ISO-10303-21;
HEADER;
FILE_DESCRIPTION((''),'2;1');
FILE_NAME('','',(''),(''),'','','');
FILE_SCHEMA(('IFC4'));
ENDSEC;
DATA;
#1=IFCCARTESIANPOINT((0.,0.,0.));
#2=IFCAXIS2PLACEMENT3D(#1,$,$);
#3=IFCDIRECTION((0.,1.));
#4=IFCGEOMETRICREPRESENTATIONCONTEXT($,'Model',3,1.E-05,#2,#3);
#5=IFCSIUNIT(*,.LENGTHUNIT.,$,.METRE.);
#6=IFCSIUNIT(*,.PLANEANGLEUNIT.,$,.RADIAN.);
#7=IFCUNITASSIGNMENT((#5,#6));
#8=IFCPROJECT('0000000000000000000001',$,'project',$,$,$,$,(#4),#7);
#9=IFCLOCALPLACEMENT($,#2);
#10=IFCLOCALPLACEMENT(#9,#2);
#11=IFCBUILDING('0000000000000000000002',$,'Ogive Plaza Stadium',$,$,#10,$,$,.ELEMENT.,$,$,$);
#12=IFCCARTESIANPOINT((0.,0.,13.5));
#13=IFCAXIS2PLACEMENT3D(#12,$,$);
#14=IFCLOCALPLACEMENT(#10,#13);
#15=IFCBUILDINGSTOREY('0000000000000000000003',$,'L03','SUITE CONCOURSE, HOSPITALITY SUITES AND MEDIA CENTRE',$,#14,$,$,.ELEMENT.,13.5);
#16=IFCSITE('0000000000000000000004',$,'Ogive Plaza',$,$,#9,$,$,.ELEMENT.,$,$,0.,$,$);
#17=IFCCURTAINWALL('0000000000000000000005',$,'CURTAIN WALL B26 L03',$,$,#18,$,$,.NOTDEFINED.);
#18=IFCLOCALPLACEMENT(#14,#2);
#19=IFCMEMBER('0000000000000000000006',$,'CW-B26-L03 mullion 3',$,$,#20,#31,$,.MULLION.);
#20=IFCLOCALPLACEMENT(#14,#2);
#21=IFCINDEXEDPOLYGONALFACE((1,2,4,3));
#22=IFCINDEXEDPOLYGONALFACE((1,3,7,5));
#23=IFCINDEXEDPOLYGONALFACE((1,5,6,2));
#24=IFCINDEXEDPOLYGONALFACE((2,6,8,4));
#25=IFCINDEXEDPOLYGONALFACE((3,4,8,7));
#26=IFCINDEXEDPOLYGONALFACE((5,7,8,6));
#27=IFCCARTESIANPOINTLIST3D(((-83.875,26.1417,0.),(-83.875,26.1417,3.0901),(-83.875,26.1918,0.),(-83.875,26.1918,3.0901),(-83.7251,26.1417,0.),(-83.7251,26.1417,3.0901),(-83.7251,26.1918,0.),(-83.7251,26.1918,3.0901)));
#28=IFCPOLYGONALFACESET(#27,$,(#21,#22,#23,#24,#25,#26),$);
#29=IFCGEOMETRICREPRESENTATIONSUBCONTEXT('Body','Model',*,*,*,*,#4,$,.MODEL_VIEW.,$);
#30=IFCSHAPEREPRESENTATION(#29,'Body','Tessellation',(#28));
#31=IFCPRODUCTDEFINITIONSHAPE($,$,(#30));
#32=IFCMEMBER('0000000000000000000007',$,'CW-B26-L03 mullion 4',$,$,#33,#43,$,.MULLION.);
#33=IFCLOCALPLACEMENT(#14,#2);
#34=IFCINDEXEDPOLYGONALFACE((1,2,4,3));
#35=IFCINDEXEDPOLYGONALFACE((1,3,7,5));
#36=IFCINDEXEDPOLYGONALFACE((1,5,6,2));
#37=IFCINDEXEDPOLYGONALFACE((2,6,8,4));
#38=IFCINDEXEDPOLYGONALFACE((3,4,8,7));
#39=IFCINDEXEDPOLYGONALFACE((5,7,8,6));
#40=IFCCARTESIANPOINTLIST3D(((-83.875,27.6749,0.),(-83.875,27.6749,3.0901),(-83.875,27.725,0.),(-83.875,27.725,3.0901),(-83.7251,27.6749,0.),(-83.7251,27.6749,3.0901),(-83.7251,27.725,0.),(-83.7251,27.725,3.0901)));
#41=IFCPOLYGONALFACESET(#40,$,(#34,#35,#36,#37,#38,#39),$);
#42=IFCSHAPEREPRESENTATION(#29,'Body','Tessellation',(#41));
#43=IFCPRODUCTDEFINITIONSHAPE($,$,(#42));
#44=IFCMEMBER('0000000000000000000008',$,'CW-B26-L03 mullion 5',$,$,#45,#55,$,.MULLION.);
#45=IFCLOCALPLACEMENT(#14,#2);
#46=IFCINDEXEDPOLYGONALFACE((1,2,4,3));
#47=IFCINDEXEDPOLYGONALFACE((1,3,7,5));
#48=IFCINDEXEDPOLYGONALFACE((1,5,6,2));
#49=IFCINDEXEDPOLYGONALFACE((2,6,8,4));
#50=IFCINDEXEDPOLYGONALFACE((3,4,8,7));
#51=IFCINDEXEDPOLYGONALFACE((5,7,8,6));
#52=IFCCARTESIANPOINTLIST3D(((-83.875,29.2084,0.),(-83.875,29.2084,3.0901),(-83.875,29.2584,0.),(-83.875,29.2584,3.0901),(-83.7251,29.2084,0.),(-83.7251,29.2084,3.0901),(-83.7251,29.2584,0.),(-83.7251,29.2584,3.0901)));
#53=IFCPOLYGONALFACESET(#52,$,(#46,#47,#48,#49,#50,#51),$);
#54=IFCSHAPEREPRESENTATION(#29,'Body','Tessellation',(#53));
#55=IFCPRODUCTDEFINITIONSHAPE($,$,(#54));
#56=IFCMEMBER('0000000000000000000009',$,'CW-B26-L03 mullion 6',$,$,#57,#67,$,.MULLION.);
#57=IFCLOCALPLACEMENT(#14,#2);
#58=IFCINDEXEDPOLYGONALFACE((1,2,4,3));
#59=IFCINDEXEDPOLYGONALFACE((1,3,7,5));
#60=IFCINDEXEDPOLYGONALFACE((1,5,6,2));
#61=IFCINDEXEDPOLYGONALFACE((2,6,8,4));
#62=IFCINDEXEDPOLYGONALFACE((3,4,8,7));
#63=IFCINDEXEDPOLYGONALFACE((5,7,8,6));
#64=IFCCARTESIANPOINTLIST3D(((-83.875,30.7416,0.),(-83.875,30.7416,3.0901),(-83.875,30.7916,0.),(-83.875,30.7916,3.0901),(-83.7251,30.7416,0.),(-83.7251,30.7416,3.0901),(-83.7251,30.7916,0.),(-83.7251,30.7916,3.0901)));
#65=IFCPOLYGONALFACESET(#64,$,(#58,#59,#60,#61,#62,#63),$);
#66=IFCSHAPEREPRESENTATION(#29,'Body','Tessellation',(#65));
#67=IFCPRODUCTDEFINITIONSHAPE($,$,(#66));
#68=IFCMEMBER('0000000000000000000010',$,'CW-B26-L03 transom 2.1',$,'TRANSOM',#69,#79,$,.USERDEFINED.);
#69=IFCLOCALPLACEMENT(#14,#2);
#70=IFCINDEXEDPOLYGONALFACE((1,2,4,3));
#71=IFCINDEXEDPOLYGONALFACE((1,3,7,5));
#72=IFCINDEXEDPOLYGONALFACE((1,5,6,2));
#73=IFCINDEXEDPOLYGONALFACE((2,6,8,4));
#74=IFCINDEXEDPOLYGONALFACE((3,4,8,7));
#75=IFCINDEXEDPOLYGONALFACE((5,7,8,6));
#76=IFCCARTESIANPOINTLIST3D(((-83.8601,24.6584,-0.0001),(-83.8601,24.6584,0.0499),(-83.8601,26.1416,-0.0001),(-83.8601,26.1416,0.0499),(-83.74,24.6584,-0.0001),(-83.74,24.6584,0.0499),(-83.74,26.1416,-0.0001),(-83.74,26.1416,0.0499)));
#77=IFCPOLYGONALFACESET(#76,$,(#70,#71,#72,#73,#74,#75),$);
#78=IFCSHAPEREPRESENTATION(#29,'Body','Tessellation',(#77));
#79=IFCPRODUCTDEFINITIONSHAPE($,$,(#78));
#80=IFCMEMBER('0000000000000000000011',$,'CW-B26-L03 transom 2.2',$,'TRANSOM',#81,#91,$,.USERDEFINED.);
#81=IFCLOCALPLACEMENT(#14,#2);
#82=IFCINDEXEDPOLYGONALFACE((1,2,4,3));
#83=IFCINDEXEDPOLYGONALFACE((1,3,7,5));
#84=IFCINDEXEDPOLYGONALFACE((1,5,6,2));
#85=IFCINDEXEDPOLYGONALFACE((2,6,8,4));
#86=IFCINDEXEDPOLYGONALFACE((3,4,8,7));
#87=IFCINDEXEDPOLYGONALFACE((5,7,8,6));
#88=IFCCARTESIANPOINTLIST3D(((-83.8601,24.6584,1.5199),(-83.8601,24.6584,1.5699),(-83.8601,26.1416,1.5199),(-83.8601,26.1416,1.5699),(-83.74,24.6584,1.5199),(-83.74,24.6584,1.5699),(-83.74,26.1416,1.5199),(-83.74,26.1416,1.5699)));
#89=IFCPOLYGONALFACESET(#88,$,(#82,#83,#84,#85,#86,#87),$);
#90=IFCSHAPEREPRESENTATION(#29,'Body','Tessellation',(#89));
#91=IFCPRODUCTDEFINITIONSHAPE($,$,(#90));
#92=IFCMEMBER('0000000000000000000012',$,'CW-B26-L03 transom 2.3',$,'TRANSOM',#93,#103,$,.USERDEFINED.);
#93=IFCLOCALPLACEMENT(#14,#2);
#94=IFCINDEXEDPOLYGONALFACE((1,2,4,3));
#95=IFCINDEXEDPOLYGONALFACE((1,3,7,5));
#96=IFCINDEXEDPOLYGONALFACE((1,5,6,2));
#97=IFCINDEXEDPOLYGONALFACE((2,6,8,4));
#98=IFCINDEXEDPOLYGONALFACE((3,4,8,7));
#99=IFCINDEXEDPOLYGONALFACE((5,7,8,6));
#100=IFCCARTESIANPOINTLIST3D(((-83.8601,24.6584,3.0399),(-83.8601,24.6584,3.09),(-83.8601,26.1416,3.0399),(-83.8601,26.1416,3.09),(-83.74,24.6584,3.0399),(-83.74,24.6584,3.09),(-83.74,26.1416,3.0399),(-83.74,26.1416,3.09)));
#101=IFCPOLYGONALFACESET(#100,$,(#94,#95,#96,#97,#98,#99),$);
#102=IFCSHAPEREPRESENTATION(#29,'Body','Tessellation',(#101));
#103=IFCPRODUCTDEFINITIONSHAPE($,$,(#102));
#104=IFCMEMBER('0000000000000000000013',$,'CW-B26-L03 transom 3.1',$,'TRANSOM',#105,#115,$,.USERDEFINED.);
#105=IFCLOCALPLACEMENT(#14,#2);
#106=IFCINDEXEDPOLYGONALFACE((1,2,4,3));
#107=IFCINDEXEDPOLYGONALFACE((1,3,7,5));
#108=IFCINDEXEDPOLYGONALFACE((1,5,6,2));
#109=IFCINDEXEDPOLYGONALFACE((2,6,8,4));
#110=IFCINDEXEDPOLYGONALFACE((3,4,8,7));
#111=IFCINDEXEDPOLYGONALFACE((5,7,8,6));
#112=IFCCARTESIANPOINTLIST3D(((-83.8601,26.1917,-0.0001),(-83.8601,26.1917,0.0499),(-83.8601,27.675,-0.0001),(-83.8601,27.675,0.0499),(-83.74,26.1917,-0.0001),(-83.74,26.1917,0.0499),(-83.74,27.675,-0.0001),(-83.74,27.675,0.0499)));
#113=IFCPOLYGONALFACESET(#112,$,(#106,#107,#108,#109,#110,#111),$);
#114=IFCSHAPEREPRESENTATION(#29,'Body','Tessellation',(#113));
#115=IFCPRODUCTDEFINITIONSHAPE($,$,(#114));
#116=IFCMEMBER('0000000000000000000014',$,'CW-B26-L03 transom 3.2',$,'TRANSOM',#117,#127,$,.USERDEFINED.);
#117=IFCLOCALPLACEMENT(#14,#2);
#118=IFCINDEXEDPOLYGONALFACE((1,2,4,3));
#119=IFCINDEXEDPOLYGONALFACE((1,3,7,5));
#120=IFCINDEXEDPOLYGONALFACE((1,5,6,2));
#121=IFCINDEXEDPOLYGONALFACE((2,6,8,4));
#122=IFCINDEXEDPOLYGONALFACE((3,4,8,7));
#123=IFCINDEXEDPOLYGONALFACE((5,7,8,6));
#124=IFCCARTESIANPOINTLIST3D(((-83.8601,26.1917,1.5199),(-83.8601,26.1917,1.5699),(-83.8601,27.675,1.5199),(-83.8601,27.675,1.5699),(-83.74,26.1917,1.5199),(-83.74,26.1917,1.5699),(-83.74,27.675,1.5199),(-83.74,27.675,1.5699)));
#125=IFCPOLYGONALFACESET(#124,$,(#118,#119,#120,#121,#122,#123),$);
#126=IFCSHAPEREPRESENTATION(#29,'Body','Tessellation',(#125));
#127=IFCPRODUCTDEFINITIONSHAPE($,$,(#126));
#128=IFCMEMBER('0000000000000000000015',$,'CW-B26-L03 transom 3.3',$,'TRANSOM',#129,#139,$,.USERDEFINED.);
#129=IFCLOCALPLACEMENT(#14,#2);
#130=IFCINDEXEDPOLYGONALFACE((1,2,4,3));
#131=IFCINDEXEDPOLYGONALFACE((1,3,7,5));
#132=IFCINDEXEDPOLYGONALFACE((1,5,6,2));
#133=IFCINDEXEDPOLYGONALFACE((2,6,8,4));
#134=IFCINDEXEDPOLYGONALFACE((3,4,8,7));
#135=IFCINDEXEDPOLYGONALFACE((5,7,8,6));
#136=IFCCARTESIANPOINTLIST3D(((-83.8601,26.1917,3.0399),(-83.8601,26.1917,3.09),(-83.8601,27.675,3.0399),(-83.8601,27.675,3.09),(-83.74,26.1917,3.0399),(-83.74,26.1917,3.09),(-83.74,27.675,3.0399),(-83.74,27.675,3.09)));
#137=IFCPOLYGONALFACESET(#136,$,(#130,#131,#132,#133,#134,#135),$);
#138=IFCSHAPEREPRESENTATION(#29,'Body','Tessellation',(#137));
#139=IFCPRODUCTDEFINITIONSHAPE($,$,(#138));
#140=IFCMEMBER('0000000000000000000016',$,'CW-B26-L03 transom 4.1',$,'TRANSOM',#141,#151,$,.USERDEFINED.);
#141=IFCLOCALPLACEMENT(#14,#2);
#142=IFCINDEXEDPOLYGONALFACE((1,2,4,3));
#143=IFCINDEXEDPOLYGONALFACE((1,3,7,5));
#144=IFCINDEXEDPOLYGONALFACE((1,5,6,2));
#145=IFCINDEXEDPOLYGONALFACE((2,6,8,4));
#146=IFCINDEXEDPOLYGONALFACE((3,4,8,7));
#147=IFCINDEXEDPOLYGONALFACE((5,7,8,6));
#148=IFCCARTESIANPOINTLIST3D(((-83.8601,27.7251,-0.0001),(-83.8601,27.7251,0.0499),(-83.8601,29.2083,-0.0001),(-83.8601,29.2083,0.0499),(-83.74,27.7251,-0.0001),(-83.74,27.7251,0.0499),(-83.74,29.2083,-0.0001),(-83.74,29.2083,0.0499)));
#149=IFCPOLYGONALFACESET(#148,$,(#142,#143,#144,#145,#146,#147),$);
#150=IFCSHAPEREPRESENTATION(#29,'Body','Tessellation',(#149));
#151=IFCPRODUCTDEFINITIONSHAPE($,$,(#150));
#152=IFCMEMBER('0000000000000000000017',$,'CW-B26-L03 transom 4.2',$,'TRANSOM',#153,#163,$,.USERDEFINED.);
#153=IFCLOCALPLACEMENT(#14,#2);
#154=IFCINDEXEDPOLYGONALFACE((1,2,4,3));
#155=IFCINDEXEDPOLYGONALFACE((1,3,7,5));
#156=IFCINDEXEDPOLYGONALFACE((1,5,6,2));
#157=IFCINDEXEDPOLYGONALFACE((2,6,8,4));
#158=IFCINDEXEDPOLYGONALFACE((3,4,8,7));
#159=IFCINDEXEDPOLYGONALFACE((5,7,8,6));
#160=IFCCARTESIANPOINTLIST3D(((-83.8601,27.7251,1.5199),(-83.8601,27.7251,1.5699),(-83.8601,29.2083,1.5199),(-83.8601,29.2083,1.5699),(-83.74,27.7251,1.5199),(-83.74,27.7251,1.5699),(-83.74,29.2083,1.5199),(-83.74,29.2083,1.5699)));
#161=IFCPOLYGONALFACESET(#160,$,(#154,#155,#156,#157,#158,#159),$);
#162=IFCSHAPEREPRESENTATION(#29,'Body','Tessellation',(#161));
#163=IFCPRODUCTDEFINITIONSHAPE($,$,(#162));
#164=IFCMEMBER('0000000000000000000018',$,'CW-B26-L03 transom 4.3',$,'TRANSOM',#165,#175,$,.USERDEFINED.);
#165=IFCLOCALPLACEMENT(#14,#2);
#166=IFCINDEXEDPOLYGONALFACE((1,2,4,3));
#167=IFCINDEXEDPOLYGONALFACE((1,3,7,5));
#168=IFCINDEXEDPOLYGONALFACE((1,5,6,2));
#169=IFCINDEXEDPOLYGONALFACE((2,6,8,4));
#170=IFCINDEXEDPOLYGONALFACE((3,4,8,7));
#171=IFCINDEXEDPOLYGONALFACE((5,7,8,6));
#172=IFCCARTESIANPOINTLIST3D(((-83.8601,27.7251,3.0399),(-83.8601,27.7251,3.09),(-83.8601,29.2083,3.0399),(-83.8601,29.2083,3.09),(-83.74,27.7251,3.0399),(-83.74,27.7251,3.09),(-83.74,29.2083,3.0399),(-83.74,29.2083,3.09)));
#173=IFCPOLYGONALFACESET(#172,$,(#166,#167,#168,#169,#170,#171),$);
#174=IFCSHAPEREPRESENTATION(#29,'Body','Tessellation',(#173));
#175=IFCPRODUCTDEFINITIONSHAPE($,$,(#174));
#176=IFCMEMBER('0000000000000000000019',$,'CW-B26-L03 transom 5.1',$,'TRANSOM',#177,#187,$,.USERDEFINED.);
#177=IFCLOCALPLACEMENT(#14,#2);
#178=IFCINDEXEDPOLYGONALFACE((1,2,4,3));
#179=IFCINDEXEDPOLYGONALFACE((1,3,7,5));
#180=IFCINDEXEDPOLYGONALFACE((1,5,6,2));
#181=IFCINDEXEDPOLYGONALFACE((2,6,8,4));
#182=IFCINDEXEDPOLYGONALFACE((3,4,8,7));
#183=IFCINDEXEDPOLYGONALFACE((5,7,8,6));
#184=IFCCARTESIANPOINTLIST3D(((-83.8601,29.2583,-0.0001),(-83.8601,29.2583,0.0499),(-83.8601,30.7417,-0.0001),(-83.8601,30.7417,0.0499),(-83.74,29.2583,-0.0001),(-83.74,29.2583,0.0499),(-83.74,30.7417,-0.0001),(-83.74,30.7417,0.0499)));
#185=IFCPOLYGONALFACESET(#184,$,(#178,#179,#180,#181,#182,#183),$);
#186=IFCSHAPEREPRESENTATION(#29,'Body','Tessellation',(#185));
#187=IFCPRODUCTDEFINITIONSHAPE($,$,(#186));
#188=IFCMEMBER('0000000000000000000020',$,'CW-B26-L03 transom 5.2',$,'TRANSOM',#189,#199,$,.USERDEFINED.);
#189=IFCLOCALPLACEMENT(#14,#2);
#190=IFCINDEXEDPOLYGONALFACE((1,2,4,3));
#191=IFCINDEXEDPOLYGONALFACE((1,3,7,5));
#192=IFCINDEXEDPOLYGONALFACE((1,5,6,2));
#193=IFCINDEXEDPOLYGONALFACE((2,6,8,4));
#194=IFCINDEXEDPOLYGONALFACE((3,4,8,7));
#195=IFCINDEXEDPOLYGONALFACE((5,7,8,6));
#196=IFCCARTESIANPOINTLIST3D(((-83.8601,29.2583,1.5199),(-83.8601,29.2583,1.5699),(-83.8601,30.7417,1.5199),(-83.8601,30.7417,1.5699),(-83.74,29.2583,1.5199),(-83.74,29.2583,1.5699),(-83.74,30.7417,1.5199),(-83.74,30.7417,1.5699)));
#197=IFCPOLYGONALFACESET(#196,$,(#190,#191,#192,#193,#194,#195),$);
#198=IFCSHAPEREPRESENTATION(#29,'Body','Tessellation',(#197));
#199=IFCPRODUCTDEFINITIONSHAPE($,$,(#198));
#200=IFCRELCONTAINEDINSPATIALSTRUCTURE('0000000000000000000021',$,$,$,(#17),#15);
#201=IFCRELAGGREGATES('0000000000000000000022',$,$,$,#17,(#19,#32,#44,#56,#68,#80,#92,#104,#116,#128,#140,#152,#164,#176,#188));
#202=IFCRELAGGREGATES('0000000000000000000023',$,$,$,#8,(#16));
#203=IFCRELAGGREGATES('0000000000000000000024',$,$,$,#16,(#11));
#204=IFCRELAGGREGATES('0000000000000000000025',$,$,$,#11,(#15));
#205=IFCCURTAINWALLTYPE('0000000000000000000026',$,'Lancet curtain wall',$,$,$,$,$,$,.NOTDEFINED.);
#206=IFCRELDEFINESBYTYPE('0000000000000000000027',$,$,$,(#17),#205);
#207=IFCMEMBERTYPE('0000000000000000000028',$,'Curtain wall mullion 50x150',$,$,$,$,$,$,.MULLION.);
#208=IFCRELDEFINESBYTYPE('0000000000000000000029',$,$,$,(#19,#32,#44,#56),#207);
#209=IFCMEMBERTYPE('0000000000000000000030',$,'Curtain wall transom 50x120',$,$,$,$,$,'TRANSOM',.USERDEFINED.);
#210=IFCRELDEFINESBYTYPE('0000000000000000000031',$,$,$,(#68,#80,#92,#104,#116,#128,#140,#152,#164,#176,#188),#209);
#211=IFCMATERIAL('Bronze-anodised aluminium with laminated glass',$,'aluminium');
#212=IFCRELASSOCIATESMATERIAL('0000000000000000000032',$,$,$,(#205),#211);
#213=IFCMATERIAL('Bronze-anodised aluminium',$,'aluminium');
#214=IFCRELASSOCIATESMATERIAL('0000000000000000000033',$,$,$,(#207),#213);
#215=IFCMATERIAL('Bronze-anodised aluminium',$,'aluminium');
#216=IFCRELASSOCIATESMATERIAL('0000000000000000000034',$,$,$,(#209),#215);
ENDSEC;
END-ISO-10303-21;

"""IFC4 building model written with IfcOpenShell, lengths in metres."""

from ifc_helpers import new_model, si_unit, direction, frame, origin, origin_2d, place, context, subcontext, project, spatial, rectangle, extrude, material, material_profile, profile_set, type_object, element, aggregate, save


model = new_model("IFC4")

# Units and contexts
model_context = context("Model", 3, precision=1e-05, world=origin(), true_north=direction((0.0, 1.0)))
body_context = subcontext(model_context, "Body", "Model", "MODEL_VIEW")
ifc_project = project(units=[si_unit("LENGTHUNIT", "METRE"), si_unit("PLANEANGLEUNIT", "RADIAN")], contexts=[model_context])

# Site, building, storey
site_placement = place(None, origin())
site = spatial("IfcSite", under=ifc_project, at=site_placement, Name="Ogive Plaza", CompositionType="ELEMENT", RefElevation=0.0)
building_placement = place(site_placement, origin())
building = spatial("IfcBuilding", under=site, at=building_placement, Name="Ogive Plaza Stadium", CompositionType="ELEMENT")
storey_placement = place(building_placement, frame((0.0, 0.0, 13.5)))
storey = spatial("IfcBuildingStorey", under=building, at=storey_placement, Name="L03", Description="SUITE CONCOURSE, HOSPITALITY SUITES AND MEDIA CENTRE", CompositionType="ELEMENT", Elevation=13.5)

# Curtain wall, members
ifc_material_1 = material(Name="Bronze-anodised aluminium with laminated glass", Category="aluminium")
curtain_wall_type = type_object("IfcCurtainWallType", Name="Lancet curtain wall", PredefinedType="NOTDEFINED", material=ifc_material_1)
curtain_wall_placement = place(storey_placement, origin())
curtain_wall = element("IfcCurtainWall", 1, at=curtain_wall_placement, inside=storey, type_object=curtain_wall_type, Name="CURTAIN WALL B26 L03", PredefinedType="NOTDEFINED")
ifc_material_2 = material(Name="Bronze-anodised aluminium", Category="aluminium")
ifc_material_profile_1 = material_profile(ifc_material_2, rectangle(XDim=0.1499, YDim=0.05, at=origin_2d()), Name="AL 150x50")
ifc_profile_set_1 = profile_set([ifc_material_profile_1], Name="Bronze-anodised aluminium")
member_type_1 = type_object("IfcMemberType", Name="Curtain wall mullion 50x150", PredefinedType="MULLION", material=ifc_profile_set_1)
member_1_placement = place(storey_placement, frame((-83.8, 26.1667, 0.0), z_axis=(0.0, 0.0, 1.0), x_axis=(-1.0, 0.0, 0.0)))
member_1 = element("IfcMember", 2, at=member_1_placement, type_object=member_type_1, Name="CW-B26-L03 mullion 3", PredefinedType="MULLION", context=body_context, shape_type="SweptSolid", body=[
    extrude(rectangle(XDim=0.1499, YDim=0.05, at=origin_2d()), origin(), (0.0, 0.0, 1.0), 3.0901),
])
member_2_placement = place(storey_placement, frame((-83.8, 27.7, 0.0), z_axis=(0.0, 0.0, 1.0), x_axis=(-1.0, 0.0, 0.0)))
member_2 = element("IfcMember", 3, at=member_2_placement, type_object=member_type_1, Name="CW-B26-L03 mullion 4", PredefinedType="MULLION", context=body_context, shape_type="SweptSolid", body=[
    extrude(rectangle(XDim=0.1499, YDim=0.05, at=origin_2d()), origin(), (0.0, 0.0, 1.0), 3.0901),
])
member_3_placement = place(storey_placement, frame((-83.8, 29.2334, 0.0), z_axis=(0.0, 0.0, 1.0), x_axis=(-1.0, 0.0, 0.0)))
member_3 = element("IfcMember", 4, at=member_3_placement, type_object=member_type_1, Name="CW-B26-L03 mullion 5", PredefinedType="MULLION", context=body_context, shape_type="SweptSolid", body=[
    extrude(rectangle(XDim=0.1499, YDim=0.05, at=origin_2d()), origin(), (0.0, 0.0, 1.0), 3.0901),
])
member_4_placement = place(storey_placement, frame((-83.8, 30.7666, 0.0), z_axis=(0.0, 0.0, 1.0), x_axis=(-1.0, 0.0, 0.0)))
member_4 = element("IfcMember", 5, at=member_4_placement, type_object=member_type_1, Name="CW-B26-L03 mullion 6", PredefinedType="MULLION", context=body_context, shape_type="SweptSolid", body=[
    extrude(rectangle(XDim=0.1499, YDim=0.05, at=origin_2d()), origin(), (0.0, 0.0, 1.0), 3.0901),
])
ifc_material_3 = material(Name="Bronze-anodised aluminium", Category="aluminium")
ifc_material_profile_2 = material_profile(ifc_material_3, rectangle(XDim=0.1201, YDim=0.05, at=origin_2d()), Name="AL 120x50")
ifc_profile_set_2 = profile_set([ifc_material_profile_2], Name="Bronze-anodised aluminium")
member_type_2 = type_object("IfcMemberType", Name="Curtain wall transom 50x120", ElementType="TRANSOM", PredefinedType="USERDEFINED", material=ifc_profile_set_2)
member_5_placement = place(storey_placement, frame((-83.8, 24.6584, 0.0249), z_axis=(0.0, 1.0, 0.0), x_axis=(-1.0, 0.0, 0.0)))
member_5 = element("IfcMember", 6, at=member_5_placement, type_object=member_type_2, Name="CW-B26-L03 transom 2.1", ObjectType="TRANSOM", PredefinedType="USERDEFINED", context=body_context, shape_type="SweptSolid", body=[
    extrude(rectangle(XDim=0.1201, YDim=0.05, at=origin_2d()), origin(), (0.0, 0.0, 1.0), 1.4832),
])
member_6_placement = place(storey_placement, frame((-83.8, 24.6584, 1.5449), z_axis=(0.0, 1.0, 0.0), x_axis=(-1.0, 0.0, 0.0)))
member_6 = element("IfcMember", 7, at=member_6_placement, type_object=member_type_2, Name="CW-B26-L03 transom 2.2", ObjectType="TRANSOM", PredefinedType="USERDEFINED", context=body_context, shape_type="SweptSolid", body=[
    extrude(rectangle(XDim=0.1201, YDim=0.05, at=origin_2d()), origin(), (0.0, 0.0, 1.0), 1.4832),
])
member_7_placement = place(storey_placement, frame((-83.8, 24.6584, 3.0649), z_axis=(0.0, 1.0, 0.0), x_axis=(-1.0, 0.0, 0.0)))
member_7 = element("IfcMember", 8, at=member_7_placement, type_object=member_type_2, Name="CW-B26-L03 transom 2.3", ObjectType="TRANSOM", PredefinedType="USERDEFINED", context=body_context, shape_type="SweptSolid", body=[
    extrude(rectangle(XDim=0.1201, YDim=0.05, at=origin_2d()), origin(), (0.0, 0.0, 1.0), 1.4832),
])
member_8_placement = place(storey_placement, frame((-83.8, 26.1917, 0.0249), z_axis=(0.0, 1.0, 0.0), x_axis=(-1.0, 0.0, 0.0)))
member_8 = element("IfcMember", 9, at=member_8_placement, type_object=member_type_2, Name="CW-B26-L03 transom 3.1", ObjectType="TRANSOM", PredefinedType="USERDEFINED", context=body_context, shape_type="SweptSolid", body=[
    extrude(rectangle(XDim=0.1201, YDim=0.05, at=origin_2d()), origin(), (0.0, 0.0, 1.0), 1.4834),
])
member_9_placement = place(storey_placement, frame((-83.8, 26.1917, 1.5449), z_axis=(0.0, 1.0, 0.0), x_axis=(-1.0, 0.0, 0.0)))
member_9 = element("IfcMember", 10, at=member_9_placement, type_object=member_type_2, Name="CW-B26-L03 transom 3.2", ObjectType="TRANSOM", PredefinedType="USERDEFINED", context=body_context, shape_type="SweptSolid", body=[
    extrude(rectangle(XDim=0.1201, YDim=0.05, at=origin_2d()), origin(), (0.0, 0.0, 1.0), 1.4834),
])
member_10_placement = place(storey_placement, frame((-83.8, 26.1917, 3.0649), z_axis=(0.0, 1.0, 0.0), x_axis=(-1.0, 0.0, 0.0)))
member_10 = element("IfcMember", 11, at=member_10_placement, type_object=member_type_2, Name="CW-B26-L03 transom 3.3", ObjectType="TRANSOM", PredefinedType="USERDEFINED", context=body_context, shape_type="SweptSolid", body=[
    extrude(rectangle(XDim=0.1201, YDim=0.05, at=origin_2d()), origin(), (0.0, 0.0, 1.0), 1.4834),
])
member_11_placement = place(storey_placement, frame((-83.8, 27.7251, 0.0249), z_axis=(0.0, 1.0, 0.0), x_axis=(-1.0, 0.0, 0.0)))
member_11 = element("IfcMember", 12, at=member_11_placement, type_object=member_type_2, Name="CW-B26-L03 transom 4.1", ObjectType="TRANSOM", PredefinedType="USERDEFINED", context=body_context, shape_type="SweptSolid", body=[
    extrude(rectangle(XDim=0.1201, YDim=0.05, at=origin_2d()), origin(), (0.0, 0.0, 1.0), 1.4832),
])
member_12_placement = place(storey_placement, frame((-83.8, 27.7251, 1.5449), z_axis=(0.0, 1.0, 0.0), x_axis=(-1.0, 0.0, 0.0)))
member_12 = element("IfcMember", 13, at=member_12_placement, type_object=member_type_2, Name="CW-B26-L03 transom 4.2", ObjectType="TRANSOM", PredefinedType="USERDEFINED", context=body_context, shape_type="SweptSolid", body=[
    extrude(rectangle(XDim=0.1201, YDim=0.05, at=origin_2d()), origin(), (0.0, 0.0, 1.0), 1.4832),
])
member_13_placement = place(storey_placement, frame((-83.8, 27.7251, 3.0649), z_axis=(0.0, 1.0, 0.0), x_axis=(-1.0, 0.0, 0.0)))
member_13 = element("IfcMember", 14, at=member_13_placement, type_object=member_type_2, Name="CW-B26-L03 transom 4.3", ObjectType="TRANSOM", PredefinedType="USERDEFINED", context=body_context, shape_type="SweptSolid", body=[
    extrude(rectangle(XDim=0.1201, YDim=0.05, at=origin_2d()), origin(), (0.0, 0.0, 1.0), 1.4832),
])
member_14_placement = place(storey_placement, frame((-83.8, 29.2583, 0.0249), z_axis=(0.0, 1.0, 0.0), x_axis=(-1.0, 0.0, 0.0)))
member_14 = element("IfcMember", 15, at=member_14_placement, type_object=member_type_2, Name="CW-B26-L03 transom 5.1", ObjectType="TRANSOM", PredefinedType="USERDEFINED", context=body_context, shape_type="SweptSolid", body=[
    extrude(rectangle(XDim=0.1201, YDim=0.05, at=origin_2d()), origin(), (0.0, 0.0, 1.0), 1.4834),
])
member_15_placement = place(storey_placement, frame((-83.8, 29.2583, 1.5449), z_axis=(0.0, 1.0, 0.0), x_axis=(-1.0, 0.0, 0.0)))
member_15 = element("IfcMember", 16, at=member_15_placement, type_object=member_type_2, Name="CW-B26-L03 transom 5.2", ObjectType="TRANSOM", PredefinedType="USERDEFINED", context=body_context, shape_type="SweptSolid", body=[
    extrude(rectangle(XDim=0.1201, YDim=0.05, at=origin_2d()), origin(), (0.0, 0.0, 1.0), 1.4834),
])
aggregate(curtain_wall, [member_1, member_2, member_3, member_4, member_5, member_6, member_7, member_8, member_9, member_10, member_11, member_12, member_13, member_14, member_15])

save(model, "model.ifc")
